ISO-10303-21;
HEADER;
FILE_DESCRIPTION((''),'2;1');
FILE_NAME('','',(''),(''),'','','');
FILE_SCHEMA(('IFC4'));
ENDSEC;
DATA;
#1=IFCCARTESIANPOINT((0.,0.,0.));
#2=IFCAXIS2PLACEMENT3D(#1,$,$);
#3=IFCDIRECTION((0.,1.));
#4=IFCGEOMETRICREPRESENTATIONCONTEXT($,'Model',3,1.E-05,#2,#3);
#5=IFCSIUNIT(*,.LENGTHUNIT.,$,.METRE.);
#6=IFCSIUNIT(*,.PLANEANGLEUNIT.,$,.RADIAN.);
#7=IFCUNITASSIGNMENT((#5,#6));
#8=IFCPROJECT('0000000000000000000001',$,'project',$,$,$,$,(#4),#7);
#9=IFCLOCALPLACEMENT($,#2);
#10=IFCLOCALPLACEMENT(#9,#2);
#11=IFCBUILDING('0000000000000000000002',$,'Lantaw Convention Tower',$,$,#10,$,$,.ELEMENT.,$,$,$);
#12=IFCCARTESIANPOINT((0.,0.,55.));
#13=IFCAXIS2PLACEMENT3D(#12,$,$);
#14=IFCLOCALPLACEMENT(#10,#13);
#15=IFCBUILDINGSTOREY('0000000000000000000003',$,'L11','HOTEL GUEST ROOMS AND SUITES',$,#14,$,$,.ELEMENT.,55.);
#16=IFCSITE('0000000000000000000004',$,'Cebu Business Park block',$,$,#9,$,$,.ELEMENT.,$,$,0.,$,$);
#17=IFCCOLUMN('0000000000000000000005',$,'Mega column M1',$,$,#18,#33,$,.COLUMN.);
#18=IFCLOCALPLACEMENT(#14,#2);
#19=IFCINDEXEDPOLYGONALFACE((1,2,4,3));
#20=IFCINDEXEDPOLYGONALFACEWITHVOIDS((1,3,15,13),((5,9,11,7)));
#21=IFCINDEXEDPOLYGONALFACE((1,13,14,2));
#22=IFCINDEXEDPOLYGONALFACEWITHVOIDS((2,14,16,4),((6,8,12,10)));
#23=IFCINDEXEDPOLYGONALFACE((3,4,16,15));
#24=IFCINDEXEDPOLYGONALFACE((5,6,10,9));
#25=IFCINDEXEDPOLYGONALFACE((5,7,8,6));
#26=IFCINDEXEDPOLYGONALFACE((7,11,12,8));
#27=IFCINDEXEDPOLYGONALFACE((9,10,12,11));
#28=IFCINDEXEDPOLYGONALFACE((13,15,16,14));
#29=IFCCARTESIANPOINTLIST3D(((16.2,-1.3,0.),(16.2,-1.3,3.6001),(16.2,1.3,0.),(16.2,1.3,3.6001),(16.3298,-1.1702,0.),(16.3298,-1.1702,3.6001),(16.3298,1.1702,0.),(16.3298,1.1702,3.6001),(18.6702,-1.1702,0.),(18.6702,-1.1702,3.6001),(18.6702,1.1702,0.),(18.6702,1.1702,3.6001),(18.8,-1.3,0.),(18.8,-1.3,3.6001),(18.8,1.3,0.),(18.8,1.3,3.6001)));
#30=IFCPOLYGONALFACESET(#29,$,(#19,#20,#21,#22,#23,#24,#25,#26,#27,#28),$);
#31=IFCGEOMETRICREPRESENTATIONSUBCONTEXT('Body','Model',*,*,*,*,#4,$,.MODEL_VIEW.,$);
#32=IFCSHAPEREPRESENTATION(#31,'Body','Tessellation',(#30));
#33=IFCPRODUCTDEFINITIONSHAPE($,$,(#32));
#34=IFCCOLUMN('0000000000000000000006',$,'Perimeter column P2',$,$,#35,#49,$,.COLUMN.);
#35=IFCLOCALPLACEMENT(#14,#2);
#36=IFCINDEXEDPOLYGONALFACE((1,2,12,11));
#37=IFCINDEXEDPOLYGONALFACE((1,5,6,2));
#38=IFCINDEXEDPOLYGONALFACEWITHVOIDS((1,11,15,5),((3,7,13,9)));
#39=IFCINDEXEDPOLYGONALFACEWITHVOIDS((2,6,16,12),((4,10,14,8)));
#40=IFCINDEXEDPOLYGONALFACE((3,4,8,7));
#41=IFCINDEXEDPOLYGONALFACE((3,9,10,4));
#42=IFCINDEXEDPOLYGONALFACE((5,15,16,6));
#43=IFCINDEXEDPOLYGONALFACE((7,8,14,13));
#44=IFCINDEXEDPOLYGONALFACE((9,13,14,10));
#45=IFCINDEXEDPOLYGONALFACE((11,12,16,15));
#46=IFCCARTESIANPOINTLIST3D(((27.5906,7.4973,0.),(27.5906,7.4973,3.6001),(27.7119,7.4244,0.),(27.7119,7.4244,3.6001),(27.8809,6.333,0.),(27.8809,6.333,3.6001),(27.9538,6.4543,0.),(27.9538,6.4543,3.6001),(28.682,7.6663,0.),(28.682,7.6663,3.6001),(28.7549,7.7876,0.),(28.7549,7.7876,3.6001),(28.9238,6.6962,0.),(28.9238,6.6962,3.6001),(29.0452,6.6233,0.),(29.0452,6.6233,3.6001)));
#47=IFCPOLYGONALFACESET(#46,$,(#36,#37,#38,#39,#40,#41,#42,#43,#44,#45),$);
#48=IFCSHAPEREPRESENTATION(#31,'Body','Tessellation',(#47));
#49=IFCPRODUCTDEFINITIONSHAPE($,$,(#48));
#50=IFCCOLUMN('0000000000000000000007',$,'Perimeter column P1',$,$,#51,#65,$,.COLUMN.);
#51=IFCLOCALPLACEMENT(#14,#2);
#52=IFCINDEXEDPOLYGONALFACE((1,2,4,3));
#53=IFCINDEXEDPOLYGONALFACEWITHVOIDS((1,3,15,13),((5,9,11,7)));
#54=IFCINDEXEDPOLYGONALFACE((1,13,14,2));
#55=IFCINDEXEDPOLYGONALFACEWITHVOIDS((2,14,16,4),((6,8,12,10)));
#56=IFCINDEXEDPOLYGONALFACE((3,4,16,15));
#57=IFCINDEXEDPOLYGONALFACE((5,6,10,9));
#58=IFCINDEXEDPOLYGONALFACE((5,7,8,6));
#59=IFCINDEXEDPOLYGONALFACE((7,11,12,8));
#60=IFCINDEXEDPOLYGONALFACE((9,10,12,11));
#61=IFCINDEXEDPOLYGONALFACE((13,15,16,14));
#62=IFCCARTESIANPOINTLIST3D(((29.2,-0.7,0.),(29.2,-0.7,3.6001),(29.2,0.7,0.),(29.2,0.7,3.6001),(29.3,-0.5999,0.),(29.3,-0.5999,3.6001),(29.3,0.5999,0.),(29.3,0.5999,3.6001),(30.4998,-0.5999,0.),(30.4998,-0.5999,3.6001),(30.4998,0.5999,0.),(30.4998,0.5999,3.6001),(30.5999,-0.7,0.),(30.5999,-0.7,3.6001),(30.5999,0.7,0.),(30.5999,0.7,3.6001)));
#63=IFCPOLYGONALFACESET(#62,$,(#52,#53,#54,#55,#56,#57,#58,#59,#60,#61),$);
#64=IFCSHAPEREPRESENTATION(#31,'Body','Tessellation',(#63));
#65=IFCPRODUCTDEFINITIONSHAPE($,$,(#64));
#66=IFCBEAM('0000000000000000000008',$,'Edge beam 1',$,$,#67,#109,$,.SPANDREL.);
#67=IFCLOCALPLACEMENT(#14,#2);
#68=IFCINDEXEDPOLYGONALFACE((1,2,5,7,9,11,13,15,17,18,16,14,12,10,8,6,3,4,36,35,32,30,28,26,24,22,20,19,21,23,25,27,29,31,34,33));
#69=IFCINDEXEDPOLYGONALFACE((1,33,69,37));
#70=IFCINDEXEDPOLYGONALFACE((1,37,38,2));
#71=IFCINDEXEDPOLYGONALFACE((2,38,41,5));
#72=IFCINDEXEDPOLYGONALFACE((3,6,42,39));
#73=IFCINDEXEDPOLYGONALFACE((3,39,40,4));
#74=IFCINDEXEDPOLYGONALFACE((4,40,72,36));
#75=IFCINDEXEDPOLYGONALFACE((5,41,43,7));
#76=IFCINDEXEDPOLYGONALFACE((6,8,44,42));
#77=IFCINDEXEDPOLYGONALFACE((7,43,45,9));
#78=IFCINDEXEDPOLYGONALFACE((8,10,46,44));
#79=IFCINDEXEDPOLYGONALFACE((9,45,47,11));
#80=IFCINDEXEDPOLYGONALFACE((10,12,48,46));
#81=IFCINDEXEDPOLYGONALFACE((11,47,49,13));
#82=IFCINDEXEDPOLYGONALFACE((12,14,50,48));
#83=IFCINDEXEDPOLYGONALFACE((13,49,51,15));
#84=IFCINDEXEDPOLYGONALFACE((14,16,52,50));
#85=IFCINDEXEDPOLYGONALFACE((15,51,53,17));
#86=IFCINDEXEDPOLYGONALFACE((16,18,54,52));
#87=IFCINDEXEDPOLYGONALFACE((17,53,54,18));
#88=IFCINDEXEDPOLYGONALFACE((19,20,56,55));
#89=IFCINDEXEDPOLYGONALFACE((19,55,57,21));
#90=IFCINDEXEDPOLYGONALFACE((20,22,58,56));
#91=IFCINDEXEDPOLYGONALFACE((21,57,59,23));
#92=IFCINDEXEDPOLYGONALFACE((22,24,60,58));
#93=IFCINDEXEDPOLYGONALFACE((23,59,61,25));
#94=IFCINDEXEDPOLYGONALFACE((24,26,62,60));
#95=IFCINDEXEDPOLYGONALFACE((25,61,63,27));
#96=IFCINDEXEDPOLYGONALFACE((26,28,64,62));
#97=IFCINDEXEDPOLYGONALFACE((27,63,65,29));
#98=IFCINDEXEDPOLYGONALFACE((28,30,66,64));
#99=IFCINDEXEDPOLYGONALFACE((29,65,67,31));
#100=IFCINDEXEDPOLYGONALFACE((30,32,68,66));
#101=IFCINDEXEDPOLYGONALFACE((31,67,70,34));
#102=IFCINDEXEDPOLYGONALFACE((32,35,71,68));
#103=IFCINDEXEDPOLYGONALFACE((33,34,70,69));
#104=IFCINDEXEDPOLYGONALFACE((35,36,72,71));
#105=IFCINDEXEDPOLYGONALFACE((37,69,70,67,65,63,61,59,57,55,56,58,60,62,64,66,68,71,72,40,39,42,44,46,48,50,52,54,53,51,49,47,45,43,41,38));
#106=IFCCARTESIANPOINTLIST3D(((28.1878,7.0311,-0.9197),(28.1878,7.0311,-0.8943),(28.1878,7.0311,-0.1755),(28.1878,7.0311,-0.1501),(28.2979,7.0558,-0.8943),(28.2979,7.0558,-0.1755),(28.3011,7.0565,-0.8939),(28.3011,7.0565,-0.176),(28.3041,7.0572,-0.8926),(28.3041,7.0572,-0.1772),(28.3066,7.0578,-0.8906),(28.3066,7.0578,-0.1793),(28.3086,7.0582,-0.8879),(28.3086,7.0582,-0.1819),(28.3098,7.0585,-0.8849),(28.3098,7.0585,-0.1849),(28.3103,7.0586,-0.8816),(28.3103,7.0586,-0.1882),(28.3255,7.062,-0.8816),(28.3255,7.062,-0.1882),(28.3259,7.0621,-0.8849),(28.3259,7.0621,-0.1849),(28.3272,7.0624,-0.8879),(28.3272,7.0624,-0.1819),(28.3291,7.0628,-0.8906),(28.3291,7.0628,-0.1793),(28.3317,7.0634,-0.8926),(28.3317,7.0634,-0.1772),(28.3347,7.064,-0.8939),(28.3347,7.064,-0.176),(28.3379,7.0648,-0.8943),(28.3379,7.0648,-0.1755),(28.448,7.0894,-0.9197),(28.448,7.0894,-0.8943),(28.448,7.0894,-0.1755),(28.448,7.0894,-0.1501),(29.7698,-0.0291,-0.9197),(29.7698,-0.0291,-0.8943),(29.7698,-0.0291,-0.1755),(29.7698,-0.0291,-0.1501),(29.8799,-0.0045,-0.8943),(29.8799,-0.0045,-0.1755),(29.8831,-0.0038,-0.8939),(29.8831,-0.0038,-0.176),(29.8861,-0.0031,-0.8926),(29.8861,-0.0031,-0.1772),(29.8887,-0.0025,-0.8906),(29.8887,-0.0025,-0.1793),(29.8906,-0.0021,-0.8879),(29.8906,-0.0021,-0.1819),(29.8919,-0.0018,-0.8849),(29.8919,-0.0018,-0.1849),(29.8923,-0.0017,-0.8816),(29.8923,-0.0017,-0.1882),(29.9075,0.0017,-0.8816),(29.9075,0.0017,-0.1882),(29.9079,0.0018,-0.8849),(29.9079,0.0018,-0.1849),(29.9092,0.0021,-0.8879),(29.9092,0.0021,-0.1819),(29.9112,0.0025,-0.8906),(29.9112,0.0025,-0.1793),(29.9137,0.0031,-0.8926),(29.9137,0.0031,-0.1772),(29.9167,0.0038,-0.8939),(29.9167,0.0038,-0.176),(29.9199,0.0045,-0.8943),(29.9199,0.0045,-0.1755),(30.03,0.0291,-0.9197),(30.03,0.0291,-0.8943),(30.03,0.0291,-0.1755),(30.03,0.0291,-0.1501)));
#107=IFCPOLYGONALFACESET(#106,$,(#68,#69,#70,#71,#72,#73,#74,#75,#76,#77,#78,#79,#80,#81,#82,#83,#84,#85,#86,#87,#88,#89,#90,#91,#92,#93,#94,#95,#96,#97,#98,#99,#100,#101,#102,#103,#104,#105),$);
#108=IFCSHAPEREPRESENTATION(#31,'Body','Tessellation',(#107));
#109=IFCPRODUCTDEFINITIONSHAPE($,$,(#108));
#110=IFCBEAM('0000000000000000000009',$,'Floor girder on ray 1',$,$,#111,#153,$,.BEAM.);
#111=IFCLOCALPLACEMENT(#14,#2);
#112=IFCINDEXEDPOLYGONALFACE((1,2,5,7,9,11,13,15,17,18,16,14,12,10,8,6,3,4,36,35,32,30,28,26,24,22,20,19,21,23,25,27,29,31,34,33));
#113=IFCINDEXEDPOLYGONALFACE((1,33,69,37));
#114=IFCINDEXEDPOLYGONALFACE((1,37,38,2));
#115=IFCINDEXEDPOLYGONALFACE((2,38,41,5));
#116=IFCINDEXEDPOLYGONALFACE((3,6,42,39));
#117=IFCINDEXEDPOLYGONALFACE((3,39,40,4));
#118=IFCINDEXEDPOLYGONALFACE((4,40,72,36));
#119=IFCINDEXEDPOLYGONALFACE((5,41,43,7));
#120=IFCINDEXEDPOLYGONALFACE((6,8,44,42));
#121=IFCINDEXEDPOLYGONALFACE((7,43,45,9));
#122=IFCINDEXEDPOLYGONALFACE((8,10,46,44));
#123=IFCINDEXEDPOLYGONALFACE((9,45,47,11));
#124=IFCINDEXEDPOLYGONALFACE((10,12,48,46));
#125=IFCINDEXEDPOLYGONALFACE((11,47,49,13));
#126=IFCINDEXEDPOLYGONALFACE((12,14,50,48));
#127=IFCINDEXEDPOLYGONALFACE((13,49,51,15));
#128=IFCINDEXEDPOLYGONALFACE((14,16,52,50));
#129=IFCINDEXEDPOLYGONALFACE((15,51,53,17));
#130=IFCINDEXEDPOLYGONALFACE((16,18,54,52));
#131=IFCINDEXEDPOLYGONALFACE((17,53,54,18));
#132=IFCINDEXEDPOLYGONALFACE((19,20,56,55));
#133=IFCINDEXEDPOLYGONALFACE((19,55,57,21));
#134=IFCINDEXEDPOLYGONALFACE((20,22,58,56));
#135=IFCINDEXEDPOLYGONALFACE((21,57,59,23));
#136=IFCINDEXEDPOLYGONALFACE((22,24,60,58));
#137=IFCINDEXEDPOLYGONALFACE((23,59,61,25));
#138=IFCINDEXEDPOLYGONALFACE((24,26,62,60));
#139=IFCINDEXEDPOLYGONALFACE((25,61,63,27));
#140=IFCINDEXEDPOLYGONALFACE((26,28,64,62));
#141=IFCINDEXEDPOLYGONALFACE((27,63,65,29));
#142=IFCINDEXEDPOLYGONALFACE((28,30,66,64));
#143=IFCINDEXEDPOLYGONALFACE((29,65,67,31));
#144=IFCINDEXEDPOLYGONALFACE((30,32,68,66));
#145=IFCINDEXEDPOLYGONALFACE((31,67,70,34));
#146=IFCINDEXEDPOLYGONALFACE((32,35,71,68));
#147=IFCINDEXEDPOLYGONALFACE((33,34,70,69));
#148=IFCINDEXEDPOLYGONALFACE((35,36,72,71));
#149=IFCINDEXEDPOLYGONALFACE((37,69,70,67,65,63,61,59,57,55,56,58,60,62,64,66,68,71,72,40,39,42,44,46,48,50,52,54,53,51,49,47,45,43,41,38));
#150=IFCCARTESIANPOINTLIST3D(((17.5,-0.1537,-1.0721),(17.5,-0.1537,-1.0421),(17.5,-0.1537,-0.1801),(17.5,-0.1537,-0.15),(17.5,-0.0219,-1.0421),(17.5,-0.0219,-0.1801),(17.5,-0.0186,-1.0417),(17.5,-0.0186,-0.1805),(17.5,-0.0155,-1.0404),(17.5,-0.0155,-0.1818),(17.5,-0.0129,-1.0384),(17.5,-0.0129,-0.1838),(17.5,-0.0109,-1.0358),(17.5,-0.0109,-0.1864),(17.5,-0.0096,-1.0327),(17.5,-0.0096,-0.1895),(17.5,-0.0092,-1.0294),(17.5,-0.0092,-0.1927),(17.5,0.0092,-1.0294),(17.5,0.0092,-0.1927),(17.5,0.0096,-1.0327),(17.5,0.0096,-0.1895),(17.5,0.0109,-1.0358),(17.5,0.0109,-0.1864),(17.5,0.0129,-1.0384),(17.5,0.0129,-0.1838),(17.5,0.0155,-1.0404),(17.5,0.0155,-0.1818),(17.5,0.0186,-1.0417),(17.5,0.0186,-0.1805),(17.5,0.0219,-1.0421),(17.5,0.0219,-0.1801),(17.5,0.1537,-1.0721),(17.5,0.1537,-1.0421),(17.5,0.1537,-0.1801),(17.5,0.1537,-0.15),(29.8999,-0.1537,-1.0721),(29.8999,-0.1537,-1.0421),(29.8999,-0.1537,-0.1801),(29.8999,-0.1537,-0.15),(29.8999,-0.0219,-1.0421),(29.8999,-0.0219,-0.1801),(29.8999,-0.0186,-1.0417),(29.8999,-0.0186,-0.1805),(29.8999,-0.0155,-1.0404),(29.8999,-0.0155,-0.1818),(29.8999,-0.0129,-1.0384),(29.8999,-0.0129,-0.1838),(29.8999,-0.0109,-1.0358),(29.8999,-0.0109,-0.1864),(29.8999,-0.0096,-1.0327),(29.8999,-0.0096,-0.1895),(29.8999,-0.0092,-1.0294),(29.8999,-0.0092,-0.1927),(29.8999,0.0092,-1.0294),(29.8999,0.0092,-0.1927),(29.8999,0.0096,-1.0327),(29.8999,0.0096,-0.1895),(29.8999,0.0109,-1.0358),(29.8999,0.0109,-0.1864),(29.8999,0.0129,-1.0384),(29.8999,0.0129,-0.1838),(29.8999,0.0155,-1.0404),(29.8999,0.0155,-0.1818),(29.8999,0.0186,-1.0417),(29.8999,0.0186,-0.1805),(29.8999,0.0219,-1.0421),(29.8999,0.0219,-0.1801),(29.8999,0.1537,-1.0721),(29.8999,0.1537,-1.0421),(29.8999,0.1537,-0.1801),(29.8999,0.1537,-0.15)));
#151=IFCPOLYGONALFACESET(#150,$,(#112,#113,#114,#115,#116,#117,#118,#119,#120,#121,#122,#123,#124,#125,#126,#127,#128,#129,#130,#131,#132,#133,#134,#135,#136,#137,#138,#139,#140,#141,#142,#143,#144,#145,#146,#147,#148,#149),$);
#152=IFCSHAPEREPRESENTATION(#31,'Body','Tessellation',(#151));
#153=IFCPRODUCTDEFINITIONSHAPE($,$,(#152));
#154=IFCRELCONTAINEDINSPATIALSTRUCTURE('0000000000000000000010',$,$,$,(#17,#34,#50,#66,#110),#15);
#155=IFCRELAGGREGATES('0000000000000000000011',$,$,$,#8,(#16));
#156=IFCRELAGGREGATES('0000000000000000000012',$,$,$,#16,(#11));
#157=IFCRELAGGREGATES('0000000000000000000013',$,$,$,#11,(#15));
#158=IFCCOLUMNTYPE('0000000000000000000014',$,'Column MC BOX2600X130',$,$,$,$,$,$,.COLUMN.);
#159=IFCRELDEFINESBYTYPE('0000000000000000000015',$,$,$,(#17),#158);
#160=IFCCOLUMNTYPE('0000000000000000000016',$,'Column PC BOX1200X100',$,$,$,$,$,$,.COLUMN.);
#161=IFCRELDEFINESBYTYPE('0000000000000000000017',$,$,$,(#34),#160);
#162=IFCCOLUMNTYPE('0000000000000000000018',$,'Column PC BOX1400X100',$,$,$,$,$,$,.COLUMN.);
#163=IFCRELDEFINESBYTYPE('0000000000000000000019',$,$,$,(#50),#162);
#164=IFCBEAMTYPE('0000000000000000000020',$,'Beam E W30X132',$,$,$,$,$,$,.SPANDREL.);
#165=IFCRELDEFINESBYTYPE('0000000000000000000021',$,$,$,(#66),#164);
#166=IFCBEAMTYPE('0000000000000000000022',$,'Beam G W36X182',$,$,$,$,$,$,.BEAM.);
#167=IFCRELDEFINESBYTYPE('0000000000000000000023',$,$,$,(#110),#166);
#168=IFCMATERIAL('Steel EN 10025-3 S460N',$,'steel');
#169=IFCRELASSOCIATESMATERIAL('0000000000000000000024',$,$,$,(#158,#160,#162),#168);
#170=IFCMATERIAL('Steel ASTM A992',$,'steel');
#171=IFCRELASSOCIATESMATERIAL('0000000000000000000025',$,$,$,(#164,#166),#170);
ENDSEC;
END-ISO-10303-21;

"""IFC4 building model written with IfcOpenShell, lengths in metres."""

from ifc_helpers import new_model, si_unit, direction, frame, origin, origin_2d, place, context, subcontext, project, spatial, rectangle, hollow_rectangle, i_section, extrude, material, material_profile, profile_set, type_object, element, save


model = new_model("IFC4")

# Units and contexts
model_context = context("Model", 3, precision=1e-05, world=origin(), true_north=direction((0.0, 1.0)))
body_context = subcontext(model_context, "Body", "Model", "MODEL_VIEW")
ifc_project = project(units=[si_unit("LENGTHUNIT", "METRE"), si_unit("PLANEANGLEUNIT", "RADIAN")], contexts=[model_context])

# Site, building, storey
site_placement = place(None, origin())
site = spatial("IfcSite", under=ifc_project, at=site_placement, Name="Cebu Business Park block", CompositionType="ELEMENT", RefElevation=0.0)
building_placement = place(site_placement, origin())
building = spatial("IfcBuilding", under=site, at=building_placement, Name="Lantaw Convention Tower", CompositionType="ELEMENT")
storey_placement = place(building_placement, frame((0.0, 0.0, 55.0)))
storey = spatial("IfcBuildingStorey", under=building, at=storey_placement, Name="L11", Description="HOTEL GUEST ROOMS AND SUITES", CompositionType="ELEMENT", Elevation=55.0)

# Columns
ifc_material_1 = material(Name="Steel EN 10025-3 S460N", Category="steel")
ifc_material_profile_1 = material_profile(ifc_material_1, hollow_rectangle(XDim=2.6001, YDim=2.6001, WallThickness=0.1299, at=origin_2d()), Name="BOX2600X130")
ifc_material_2 = material(Name="Concrete C60/75", Category="concrete")
ifc_material_profile_2 = material_profile(ifc_material_2, rectangle(XDim=2.3401, YDim=2.3401, at=origin_2d()), Name="Concrete fill of BOX2600X130")
ifc_profile_set_1 = profile_set([ifc_material_profile_1, ifc_material_profile_2], Name="Steel EN 10025-3 S460N")
column_type_1 = type_object("IfcColumnType", Name="Column MC BOX2600X130", PredefinedType="COLUMN", material=ifc_profile_set_1)
column_1_placement = place(storey_placement, frame((17.5, 0.0, 0.0), z_axis=(0.0, 0.0, 1.0), x_axis=(1.0, 0.0, 0.0)))
element("IfcColumn", 1, at=column_1_placement, inside=storey, type_object=column_type_1, Name="Mega column M1", PredefinedType="COLUMN", context=body_context, shape_type="SweptSolid", body=[
    extrude(hollow_rectangle(XDim=2.6001, YDim=2.6001, WallThickness=0.1299, at=origin_2d()), origin(), (0.0, 0.0, 1.0), 3.6001),
])
ifc_material_profile_3 = material_profile(ifc_material_1, hollow_rectangle(XDim=1.2, YDim=1.2, WallThickness=0.1001, at=origin_2d()), Name="BOX1200X100")
ifc_material_profile_4 = material_profile(ifc_material_2, rectangle(XDim=1.0, YDim=1.0, at=origin_2d()), Name="Concrete fill of BOX1200X100")
ifc_profile_set_2 = profile_set([ifc_material_profile_3, ifc_material_profile_4], Name="Steel EN 10025-3 S460N")
column_type_2 = type_object("IfcColumnType", Name="Column PC BOX1200X100", PredefinedType="COLUMN", material=ifc_profile_set_2)
column_2_placement = place(storey_placement, frame((28.3179, 7.0603, 0.0), z_axis=(0.0, 0.0, 1.0), x_axis=(0.970296, 0.241922, 0.0)))
element("IfcColumn", 2, at=column_2_placement, inside=storey, type_object=column_type_2, Name="Perimeter column P2", PredefinedType="COLUMN", context=body_context, shape_type="SweptSolid", body=[
    extrude(hollow_rectangle(XDim=1.2, YDim=1.2, WallThickness=0.1001, at=origin_2d()), origin(), (0.0, 0.0, 1.0), 3.6001),
])
ifc_material_profile_5 = material_profile(ifc_material_1, hollow_rectangle(XDim=1.3999, YDim=1.3999, WallThickness=0.1001, at=origin_2d()), Name="BOX1400X100")
ifc_material_profile_6 = material_profile(ifc_material_2, rectangle(XDim=1.2, YDim=1.2, at=origin_2d()), Name="Concrete fill of BOX1400X100")
ifc_profile_set_3 = profile_set([ifc_material_profile_5, ifc_material_profile_6], Name="Steel EN 10025-3 S460N")
column_type_3 = type_object("IfcColumnType", Name="Column PC BOX1400X100", PredefinedType="COLUMN", material=ifc_profile_set_3)
column_3_placement = place(storey_placement, frame((29.8999, 0.0, 0.0), z_axis=(0.0, 0.0, 1.0), x_axis=(1.0, 0.0, 0.0)))
element("IfcColumn", 3, at=column_3_placement, inside=storey, type_object=column_type_3, Name="Perimeter column P1", PredefinedType="COLUMN", context=body_context, shape_type="SweptSolid", body=[
    extrude(hollow_rectangle(XDim=1.3999, YDim=1.3999, WallThickness=0.1001, at=origin_2d()), origin(), (0.0, 0.0, 1.0), 3.6001),
])

# Beams
ifc_material_3 = material(Name="Steel ASTM A992", Category="steel")
ifc_material_profile_7 = material_profile(ifc_material_3, i_section(OverallWidth=0.2666, OverallDepth=0.7695, WebThickness=0.0156, FlangeThickness=0.0254, FilletRadius=0.0127, at=origin_2d()), Name="W30X132")
ifc_profile_set_4 = profile_set([ifc_material_profile_7], Name="Steel ASTM A992")
beam_type_1 = type_object("IfcBeamType", Name="Beam E W30X132", PredefinedType="SPANDREL", material=ifc_profile_set_4)
beam_1_placement = place(storey_placement, frame((29.8999, 0.0, -0.5349), z_axis=(-0.218652, 0.975803, 0.0), x_axis=(-0.975803, -0.218652, 0.0)))
element("IfcBeam", 4, at=beam_1_placement, inside=storey, type_object=beam_type_1, Name="Edge beam 1", PredefinedType="SPANDREL", context=body_context, shape_type="SweptSolid", body=[
    extrude(i_section(OverallWidth=0.2666, OverallDepth=0.7695, WebThickness=0.0156, FlangeThickness=0.0254, FilletRadius=0.0127, at=origin_2d()), origin(), (0.0, 0.0, 1.0), 7.2354),
])
ifc_material_profile_8 = material_profile(ifc_material_3, i_section(OverallWidth=0.3074, OverallDepth=0.9221, WebThickness=0.0183, FlangeThickness=0.03, FilletRadius=0.0127, at=origin_2d()), Name="W36X182")
ifc_profile_set_5 = profile_set([ifc_material_profile_8], Name="Steel ASTM A992")
beam_type_2 = type_object("IfcBeamType", Name="Beam G W36X182", PredefinedType="BEAM", material=ifc_profile_set_5)
beam_2_placement = place(storey_placement, frame((17.5, 0.0, -0.6111), z_axis=(1.0, 0.0, 0.0), x_axis=(0.0, 1.0, 0.0)))
element("IfcBeam", 5, at=beam_2_placement, inside=storey, type_object=beam_type_2, Name="Floor girder on ray 1", PredefinedType="BEAM", context=body_context, shape_type="SweptSolid", body=[
    extrude(i_section(OverallWidth=0.3074, OverallDepth=0.9221, WebThickness=0.0183, FlangeThickness=0.03, FilletRadius=0.0127, at=origin_2d()), origin(), (0.0, 0.0, 1.0), 12.3999),
])

save(model, "model.ifc")
